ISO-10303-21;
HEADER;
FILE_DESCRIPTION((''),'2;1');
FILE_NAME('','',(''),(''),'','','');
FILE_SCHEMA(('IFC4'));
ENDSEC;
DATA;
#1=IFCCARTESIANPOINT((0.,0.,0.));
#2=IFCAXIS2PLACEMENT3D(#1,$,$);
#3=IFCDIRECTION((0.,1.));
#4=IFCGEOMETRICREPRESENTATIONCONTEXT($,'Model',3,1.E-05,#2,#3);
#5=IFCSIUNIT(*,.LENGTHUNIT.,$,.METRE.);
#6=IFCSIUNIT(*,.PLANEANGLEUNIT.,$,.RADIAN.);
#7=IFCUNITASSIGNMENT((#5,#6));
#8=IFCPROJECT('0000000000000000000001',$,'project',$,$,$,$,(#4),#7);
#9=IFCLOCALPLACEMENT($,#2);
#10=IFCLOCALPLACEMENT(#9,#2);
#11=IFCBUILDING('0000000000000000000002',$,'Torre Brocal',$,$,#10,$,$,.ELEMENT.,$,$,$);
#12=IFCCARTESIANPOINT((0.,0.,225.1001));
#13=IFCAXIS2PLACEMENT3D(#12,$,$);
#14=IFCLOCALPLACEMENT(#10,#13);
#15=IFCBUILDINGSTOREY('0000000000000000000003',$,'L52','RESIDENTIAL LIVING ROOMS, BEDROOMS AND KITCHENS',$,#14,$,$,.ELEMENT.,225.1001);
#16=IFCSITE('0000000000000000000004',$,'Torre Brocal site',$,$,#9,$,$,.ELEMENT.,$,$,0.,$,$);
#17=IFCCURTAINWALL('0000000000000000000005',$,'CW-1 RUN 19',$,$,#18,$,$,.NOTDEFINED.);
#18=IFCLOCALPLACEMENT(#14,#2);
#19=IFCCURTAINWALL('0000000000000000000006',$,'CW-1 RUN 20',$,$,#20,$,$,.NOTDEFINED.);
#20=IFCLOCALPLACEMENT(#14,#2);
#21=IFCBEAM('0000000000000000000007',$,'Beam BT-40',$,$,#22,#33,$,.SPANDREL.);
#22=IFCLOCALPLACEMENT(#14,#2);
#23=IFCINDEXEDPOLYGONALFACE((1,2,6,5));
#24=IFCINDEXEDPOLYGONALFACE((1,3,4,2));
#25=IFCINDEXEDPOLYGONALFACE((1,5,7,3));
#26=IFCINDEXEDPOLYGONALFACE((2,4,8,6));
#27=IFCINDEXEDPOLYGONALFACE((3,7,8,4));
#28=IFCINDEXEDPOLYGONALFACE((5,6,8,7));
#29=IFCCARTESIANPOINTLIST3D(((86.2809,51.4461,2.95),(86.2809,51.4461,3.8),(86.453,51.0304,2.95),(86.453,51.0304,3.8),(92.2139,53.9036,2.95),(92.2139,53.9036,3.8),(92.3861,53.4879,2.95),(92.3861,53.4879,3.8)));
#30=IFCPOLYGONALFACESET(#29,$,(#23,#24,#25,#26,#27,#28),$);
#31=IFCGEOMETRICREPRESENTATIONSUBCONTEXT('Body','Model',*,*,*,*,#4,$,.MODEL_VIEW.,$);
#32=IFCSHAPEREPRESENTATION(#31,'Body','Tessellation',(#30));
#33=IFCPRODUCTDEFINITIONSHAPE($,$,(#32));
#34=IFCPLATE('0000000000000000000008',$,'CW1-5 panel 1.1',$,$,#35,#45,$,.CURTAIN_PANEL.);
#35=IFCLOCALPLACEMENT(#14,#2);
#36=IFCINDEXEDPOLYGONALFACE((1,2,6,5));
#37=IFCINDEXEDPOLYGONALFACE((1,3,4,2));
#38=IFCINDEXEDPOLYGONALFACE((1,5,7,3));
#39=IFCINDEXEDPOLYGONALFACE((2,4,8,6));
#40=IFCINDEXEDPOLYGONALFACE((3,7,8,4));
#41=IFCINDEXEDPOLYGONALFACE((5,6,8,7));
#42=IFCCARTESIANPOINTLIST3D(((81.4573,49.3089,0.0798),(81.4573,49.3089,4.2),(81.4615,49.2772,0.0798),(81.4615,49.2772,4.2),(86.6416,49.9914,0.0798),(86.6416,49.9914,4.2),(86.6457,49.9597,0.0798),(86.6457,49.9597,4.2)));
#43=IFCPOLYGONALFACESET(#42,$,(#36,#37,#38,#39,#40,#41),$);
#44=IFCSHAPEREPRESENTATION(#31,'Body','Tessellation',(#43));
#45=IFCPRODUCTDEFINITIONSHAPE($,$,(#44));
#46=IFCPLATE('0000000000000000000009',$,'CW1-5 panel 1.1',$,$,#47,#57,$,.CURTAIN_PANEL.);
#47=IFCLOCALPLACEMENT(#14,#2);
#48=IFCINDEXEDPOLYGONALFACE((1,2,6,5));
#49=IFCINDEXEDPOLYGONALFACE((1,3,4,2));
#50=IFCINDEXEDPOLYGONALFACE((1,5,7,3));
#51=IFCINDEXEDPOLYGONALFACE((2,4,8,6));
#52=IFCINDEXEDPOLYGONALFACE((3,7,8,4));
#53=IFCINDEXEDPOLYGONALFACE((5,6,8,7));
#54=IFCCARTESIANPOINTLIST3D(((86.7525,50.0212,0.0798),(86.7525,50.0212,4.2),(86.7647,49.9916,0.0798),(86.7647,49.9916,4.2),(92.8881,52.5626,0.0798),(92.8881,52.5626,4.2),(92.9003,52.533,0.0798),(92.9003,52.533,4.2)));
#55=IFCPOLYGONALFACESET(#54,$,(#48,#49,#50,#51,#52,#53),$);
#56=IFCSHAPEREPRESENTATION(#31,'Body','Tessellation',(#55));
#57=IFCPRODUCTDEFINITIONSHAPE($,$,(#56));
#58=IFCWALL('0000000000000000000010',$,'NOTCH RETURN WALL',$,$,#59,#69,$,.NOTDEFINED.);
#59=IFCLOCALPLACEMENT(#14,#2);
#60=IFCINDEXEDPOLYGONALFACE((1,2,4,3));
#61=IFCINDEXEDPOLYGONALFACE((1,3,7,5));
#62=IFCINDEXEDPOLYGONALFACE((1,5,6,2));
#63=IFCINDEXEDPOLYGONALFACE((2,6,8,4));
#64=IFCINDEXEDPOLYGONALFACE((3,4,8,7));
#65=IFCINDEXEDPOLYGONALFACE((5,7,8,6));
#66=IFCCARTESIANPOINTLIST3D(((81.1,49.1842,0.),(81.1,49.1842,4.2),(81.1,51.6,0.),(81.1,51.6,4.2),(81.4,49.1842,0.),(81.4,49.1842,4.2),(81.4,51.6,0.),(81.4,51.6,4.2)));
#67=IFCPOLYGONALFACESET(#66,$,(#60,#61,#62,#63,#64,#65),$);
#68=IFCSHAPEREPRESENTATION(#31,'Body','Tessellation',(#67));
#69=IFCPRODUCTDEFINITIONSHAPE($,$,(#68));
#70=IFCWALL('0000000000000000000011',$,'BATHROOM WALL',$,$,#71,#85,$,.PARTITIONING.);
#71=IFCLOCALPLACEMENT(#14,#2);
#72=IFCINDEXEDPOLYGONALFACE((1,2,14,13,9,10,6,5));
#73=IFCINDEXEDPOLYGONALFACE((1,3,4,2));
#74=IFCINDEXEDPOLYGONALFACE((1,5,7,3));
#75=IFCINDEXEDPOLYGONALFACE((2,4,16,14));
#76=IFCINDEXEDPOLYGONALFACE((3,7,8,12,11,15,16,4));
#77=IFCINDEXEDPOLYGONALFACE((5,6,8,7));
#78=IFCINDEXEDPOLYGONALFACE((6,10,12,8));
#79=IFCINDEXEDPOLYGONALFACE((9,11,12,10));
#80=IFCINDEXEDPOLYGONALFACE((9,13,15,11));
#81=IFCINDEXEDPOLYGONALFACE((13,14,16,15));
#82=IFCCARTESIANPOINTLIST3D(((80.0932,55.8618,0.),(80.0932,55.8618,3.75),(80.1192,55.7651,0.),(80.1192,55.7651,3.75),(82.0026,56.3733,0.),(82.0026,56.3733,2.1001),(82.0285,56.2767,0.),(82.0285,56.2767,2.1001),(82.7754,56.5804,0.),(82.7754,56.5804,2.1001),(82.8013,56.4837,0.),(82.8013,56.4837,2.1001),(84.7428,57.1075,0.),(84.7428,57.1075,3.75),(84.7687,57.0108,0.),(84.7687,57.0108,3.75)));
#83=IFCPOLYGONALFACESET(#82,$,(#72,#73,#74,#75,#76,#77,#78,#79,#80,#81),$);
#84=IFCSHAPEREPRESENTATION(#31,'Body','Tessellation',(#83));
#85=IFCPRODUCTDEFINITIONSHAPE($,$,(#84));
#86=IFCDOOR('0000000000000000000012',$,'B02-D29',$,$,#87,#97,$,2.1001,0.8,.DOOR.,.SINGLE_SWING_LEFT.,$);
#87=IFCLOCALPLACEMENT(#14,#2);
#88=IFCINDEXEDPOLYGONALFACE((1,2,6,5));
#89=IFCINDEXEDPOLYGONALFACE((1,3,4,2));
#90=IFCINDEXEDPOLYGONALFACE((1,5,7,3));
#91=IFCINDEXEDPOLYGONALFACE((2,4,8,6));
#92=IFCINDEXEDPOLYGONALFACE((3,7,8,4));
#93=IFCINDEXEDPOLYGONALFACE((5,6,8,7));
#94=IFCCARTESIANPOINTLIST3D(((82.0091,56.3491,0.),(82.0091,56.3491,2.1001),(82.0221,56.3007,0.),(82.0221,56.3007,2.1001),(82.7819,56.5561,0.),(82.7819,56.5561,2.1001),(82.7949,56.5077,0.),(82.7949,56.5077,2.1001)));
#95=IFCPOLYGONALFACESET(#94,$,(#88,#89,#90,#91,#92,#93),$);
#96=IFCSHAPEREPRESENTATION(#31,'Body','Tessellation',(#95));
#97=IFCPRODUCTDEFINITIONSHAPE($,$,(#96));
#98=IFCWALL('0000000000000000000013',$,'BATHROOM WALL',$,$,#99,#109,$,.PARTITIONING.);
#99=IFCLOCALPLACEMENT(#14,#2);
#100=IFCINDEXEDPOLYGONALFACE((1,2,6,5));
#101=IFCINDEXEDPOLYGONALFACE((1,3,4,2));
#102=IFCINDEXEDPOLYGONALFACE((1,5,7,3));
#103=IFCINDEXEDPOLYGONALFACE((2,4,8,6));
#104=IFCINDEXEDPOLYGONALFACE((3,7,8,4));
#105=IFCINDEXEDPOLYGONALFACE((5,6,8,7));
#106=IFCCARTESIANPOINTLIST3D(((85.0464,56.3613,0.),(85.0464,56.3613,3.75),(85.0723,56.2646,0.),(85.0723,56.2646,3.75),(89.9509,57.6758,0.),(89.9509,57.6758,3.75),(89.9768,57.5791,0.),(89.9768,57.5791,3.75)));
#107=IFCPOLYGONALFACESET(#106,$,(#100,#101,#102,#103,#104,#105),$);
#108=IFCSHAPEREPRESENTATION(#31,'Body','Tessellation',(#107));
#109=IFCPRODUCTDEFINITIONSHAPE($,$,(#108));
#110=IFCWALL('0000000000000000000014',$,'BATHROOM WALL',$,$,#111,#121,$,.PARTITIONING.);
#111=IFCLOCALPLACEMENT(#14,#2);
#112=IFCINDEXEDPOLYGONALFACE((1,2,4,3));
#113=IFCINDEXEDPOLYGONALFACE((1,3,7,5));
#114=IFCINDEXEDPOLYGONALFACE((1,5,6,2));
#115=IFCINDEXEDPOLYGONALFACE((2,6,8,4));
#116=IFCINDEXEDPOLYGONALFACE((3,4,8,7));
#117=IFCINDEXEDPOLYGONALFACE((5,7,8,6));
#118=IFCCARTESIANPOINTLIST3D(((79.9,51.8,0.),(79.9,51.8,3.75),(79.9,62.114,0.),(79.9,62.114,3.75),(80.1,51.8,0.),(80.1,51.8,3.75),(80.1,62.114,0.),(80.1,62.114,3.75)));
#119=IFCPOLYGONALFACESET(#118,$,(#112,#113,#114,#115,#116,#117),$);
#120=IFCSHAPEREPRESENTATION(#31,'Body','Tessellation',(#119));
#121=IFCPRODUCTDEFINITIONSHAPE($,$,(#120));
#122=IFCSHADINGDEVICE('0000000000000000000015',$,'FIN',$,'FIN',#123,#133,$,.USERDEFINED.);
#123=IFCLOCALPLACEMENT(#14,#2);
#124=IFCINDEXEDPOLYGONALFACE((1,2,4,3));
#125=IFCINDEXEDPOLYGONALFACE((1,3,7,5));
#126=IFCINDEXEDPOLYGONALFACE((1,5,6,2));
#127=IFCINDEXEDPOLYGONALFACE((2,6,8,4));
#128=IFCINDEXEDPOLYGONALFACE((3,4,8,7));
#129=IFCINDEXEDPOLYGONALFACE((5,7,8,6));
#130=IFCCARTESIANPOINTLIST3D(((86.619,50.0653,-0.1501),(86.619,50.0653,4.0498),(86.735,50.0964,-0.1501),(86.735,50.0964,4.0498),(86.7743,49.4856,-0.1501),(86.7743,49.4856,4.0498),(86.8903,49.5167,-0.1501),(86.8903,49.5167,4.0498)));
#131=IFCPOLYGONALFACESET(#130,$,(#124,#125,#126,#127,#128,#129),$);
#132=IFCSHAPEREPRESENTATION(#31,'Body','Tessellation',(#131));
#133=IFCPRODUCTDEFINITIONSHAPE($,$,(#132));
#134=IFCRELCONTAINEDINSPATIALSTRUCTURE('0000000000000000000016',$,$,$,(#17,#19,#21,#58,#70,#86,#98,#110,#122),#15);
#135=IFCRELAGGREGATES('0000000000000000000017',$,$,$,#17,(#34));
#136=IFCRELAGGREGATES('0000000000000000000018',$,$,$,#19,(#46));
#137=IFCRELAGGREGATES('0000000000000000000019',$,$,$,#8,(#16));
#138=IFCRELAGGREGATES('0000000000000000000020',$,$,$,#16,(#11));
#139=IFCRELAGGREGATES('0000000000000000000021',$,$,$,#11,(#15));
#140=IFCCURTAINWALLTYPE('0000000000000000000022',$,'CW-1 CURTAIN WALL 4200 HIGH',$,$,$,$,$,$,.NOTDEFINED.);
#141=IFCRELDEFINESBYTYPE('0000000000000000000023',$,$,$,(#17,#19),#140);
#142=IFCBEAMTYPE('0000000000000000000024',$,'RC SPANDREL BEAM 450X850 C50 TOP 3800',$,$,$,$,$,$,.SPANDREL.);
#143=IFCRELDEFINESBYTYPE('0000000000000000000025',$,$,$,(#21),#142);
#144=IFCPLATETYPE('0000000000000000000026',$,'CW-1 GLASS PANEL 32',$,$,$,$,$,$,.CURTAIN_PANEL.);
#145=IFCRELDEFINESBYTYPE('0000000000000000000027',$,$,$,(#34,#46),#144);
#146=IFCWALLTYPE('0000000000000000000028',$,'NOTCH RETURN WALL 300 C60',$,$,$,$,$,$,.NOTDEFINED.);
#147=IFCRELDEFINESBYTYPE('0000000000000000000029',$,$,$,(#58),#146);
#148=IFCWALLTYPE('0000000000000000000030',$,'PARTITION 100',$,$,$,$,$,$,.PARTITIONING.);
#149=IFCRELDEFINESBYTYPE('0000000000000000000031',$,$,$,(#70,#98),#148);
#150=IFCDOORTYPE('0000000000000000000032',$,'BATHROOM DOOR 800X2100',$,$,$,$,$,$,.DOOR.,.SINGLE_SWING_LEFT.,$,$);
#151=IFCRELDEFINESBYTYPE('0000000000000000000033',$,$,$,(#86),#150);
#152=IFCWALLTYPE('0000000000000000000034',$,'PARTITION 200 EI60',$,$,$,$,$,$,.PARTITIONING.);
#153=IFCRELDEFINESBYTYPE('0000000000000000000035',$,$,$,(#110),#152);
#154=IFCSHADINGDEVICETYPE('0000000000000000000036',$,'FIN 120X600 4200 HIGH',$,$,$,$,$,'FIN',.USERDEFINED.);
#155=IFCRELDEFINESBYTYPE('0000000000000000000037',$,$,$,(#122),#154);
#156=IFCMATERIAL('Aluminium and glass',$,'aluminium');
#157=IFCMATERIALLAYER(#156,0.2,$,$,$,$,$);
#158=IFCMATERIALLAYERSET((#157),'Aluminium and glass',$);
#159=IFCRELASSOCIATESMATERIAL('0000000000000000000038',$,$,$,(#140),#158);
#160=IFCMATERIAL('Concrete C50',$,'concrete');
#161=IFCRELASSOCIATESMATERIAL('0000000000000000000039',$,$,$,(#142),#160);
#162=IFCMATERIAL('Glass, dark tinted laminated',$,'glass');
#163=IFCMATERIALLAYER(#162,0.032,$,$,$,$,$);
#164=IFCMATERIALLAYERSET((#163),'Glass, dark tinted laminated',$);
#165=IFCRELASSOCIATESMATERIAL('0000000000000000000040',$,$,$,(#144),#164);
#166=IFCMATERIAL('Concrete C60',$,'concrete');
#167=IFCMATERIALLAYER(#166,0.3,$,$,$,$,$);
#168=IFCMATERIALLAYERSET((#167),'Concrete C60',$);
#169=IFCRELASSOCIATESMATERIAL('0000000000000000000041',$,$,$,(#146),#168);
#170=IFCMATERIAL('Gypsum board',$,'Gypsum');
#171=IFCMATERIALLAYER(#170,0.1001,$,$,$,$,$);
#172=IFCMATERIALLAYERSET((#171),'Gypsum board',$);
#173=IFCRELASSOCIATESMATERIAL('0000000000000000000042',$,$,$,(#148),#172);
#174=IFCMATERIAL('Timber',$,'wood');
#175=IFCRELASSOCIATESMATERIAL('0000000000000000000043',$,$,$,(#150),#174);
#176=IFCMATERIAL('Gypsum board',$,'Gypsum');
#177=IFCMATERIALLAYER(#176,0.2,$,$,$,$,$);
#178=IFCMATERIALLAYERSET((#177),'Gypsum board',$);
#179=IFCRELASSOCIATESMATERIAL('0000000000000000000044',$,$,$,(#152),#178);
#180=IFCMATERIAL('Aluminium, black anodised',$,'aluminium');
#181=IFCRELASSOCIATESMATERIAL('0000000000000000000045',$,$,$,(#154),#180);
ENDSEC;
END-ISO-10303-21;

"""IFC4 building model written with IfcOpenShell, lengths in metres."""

from ifc_helpers import new_model, si_unit, direction, frame, frame_2d, origin, origin_2d, place, context, subcontext, project, spatial, rectangle, extrude, material, layer, layer_set, material_profile, profile_set, type_object, element, fill, aggregate, save


model = new_model("IFC4")

# Units and contexts
model_context = context("Model", 3, precision=1e-05, world=origin(), true_north=direction((0.0, 1.0)))
body_context = subcontext(model_context, "Body", "Model", "MODEL_VIEW")
ifc_project = project(units=[si_unit("LENGTHUNIT", "METRE"), si_unit("PLANEANGLEUNIT", "RADIAN")], contexts=[model_context])

# Site, building, storey
site_placement = place(None, origin())
site = spatial("IfcSite", under=ifc_project, at=site_placement, Name="Torre Brocal site", CompositionType="ELEMENT", RefElevation=0.0)
building_placement = place(site_placement, origin())
building = spatial("IfcBuilding", under=site, at=building_placement, Name="Torre Brocal", CompositionType="ELEMENT")
storey_placement = place(building_placement, frame((0.0, 0.0, 225.1001)))
storey = spatial("IfcBuildingStorey", under=building, at=storey_placement, Name="L52", Description="RESIDENTIAL LIVING ROOMS, BEDROOMS AND KITCHENS", CompositionType="ELEMENT", Elevation=225.1001)

# Curtain wall
ifc_material_1 = material(Name="Aluminium and glass", Category="aluminium")
ifc_layer_1 = layer(ifc_material_1, 0.2)
ifc_layer_set_1 = layer_set([ifc_layer_1], Name="Aluminium and glass")
curtain_wall_type = type_object("IfcCurtainWallType", Name="CW-1 CURTAIN WALL 4200 HIGH", PredefinedType="NOTDEFINED", material=ifc_layer_set_1)
curtain_wall_1_placement = place(storey_placement, origin())
curtain_wall_1 = element("IfcCurtainWall", 1, at=curtain_wall_1_placement, inside=storey, type_object=curtain_wall_type, Name="CW-1 RUN 19", PredefinedType="NOTDEFINED")

# Curtain wall
curtain_wall_2_placement = place(storey_placement, origin())
curtain_wall_2 = element("IfcCurtainWall", 2, at=curtain_wall_2_placement, inside=storey, type_object=curtain_wall_type, Name="CW-1 RUN 20", PredefinedType="NOTDEFINED")

# Beam
ifc_material_2 = material(Name="Concrete C50", Category="concrete")
ifc_material_profile_1 = material_profile(ifc_material_2, rectangle(XDim=0.45, YDim=0.8501, at=origin_2d()), Name="RC 450X850")
ifc_profile_set_1 = profile_set([ifc_material_profile_1], Name="Concrete C50")
beam_type_1 = type_object("IfcBeamType", Name="RC SPANDREL BEAM 450X850 C50 TOP 3800", PredefinedType="SPANDREL", material=ifc_profile_set_1)
beam_1_placement = place(storey_placement, frame((86.3669, 51.2383, 3.375), z_axis=(0.923882, 0.382676, 0.0), x_axis=(-0.382676, 0.923882, 0.0)))
element("IfcBeam", 3, at=beam_1_placement, inside=storey, type_object=beam_type_1, Name="Beam BT-40", PredefinedType="SPANDREL", context=body_context, shape_type="SweptSolid", body=[
    extrude(rectangle(XDim=0.45, YDim=0.8501, at=origin_2d()), origin(), (0.0, 0.0, 1.0), 6.4219),
])

# Plates
ifc_material_3 = material(Name="Glass, dark tinted laminated", Category="glass")
ifc_layer_2 = layer(ifc_material_3, 0.032)
ifc_layer_set_2 = layer_set([ifc_layer_2], Name="Glass, dark tinted laminated")
plate_type = type_object("IfcPlateType", Name="CW-1 GLASS PANEL 32", PredefinedType="CURTAIN_PANEL", material=ifc_layer_set_2)
plate_1_placement = place(storey_placement, frame((84.0515, 49.6343, 0.0798), z_axis=(0.0, 0.0, 1.0), x_axis=(0.991445, 0.130526, 0.0)))
plate_1 = element("IfcPlate", 4, at=plate_1_placement, type_object=plate_type, Name="CW1-5 panel 1.1", PredefinedType="CURTAIN_PANEL", context=body_context, shape_type="SweptSolid", body=[
    extrude(rectangle(XDim=5.229, YDim=0.032, at=origin_2d()), origin(), (0.0, 0.0, 1.0), 4.1201),
])
aggregate(curtain_wall_1, [plate_1])
plate_2_placement = place(storey_placement, frame((89.8264, 51.2771, 0.0798), z_axis=(0.0, 0.0, 1.0), x_axis=(0.92388, 0.382683, 0.0)))
plate_2 = element("IfcPlate", 5, at=plate_2_placement, type_object=plate_type, Name="CW1-5 panel 1.1", PredefinedType="CURTAIN_PANEL", context=body_context, shape_type="SweptSolid", body=[
    extrude(rectangle(XDim=6.6411, YDim=0.032, at=origin_2d()), origin(), (0.0, 0.0, 1.0), 4.1201),
])
aggregate(curtain_wall_2, [plate_2])

# Wall
ifc_material_4 = material(Name="Concrete C60", Category="concrete")
ifc_layer_3 = layer(ifc_material_4, 0.3)
ifc_layer_set_3 = layer_set([ifc_layer_3], Name="Concrete C60")
wall_type_1 = type_object("IfcWallType", Name="NOTCH RETURN WALL 300 C60", PredefinedType="NOTDEFINED", material=ifc_layer_set_3)
wall_1_placement = place(storey_placement, frame((81.25, 51.6001, 0.0), z_axis=(0.0, 0.0, 1.0), x_axis=(0.0, -1.0, 0.0)))
element("IfcWall", 6, at=wall_1_placement, inside=storey, type_object=wall_type_1, Name="NOTCH RETURN WALL", PredefinedType="NOTDEFINED", context=body_context, shape_type="SweptSolid", body=[
    extrude(rectangle(XDim=2.4158, YDim=0.3, at=frame_2d((1.208, 0.0))), origin(), (0.0, 0.0, 1.0), 4.2),
])

# Wall, opening, door
ifc_material_5 = material(Name="Gypsum board", Category="Gypsum")
ifc_layer_4 = layer(ifc_material_5, 0.1001)
ifc_layer_set_4 = layer_set([ifc_layer_4], Name="Gypsum board")
wall_type_2 = type_object("IfcWallType", Name="PARTITION 100", PredefinedType="PARTITIONING", material=ifc_layer_set_4)
wall_2_placement = place(storey_placement, frame((80.1062, 55.8135, 0.0), z_axis=(0.0, 0.0, 1.0), x_axis=(0.965936, 0.25878, 0.0)))
wall_2 = element("IfcWall", 7, at=wall_2_placement, inside=storey, type_object=wall_type_2, Name="BATHROOM WALL", PredefinedType="PARTITIONING", context=body_context, shape_type="SweptSolid", body=[
    extrude(rectangle(XDim=4.8135, YDim=0.1001, at=frame_2d((2.4067, 0.0))), origin(), (0.0, 0.0, 1.0), 3.75),
])
opening_placement = place(wall_2_placement, frame((1.9768, 0.0, 0.0)))
opening = element("IfcOpeningElement", 8, at=opening_placement, cuts=wall_2, PredefinedType="OPENING", context=body_context, shape_type="SweptSolid", body=[
    extrude(rectangle(XDim=0.8, YDim=2.1001, at=frame_2d((0.3999, 1.05))), frame((0.0, 0.0601, 0.0), z_axis=(0.0, -1.0, 0.0), x_axis=(1.0, 0.0, 0.0)), (0.0, 0.0, 1.0), 0.1201),
])
ifc_material_6 = material(Name="Timber", Category="wood")
door_type = type_object("IfcDoorType", Name="BATHROOM DOOR 800X2100", OperationType="SINGLE_SWING_LEFT", PredefinedType="DOOR", material=ifc_material_6)
door_placement = place(opening_placement, origin())
door = element("IfcDoor", 9, at=door_placement, inside=storey, type_object=door_type, Name="B02-D29", OperationType="SINGLE_SWING_LEFT", OverallHeight=2.1001, OverallWidth=0.8, PredefinedType="DOOR", context=body_context, shape_type="SweptSolid", body=[
    extrude(rectangle(XDim=0.8, YDim=2.1001, at=frame_2d((0.3999, 1.05))), frame((0.0, 0.0249, 0.0), z_axis=(0.0, -1.0, 0.0), x_axis=(1.0, 0.0, 0.0)), (0.0, 0.0, 1.0), 0.05),
])
fill(opening, door)

# Walls
wall_3_placement = place(storey_placement, frame((85.0593, 56.313, 0.0), z_axis=(0.0, 0.0, 1.0), x_axis=(0.965912, 0.258871, 0.0)))
element("IfcWall", 10, at=wall_3_placement, inside=storey, type_object=wall_type_2, Name="BATHROOM WALL", PredefinedType="PARTITIONING", context=body_context, shape_type="SweptSolid", body=[
    extrude(rectangle(XDim=5.0776, YDim=0.1001, at=frame_2d((2.5388, 0.0))), origin(), (0.0, 0.0, 1.0), 3.75),
])
ifc_material_7 = material(Name="Gypsum board", Category="Gypsum")
ifc_layer_5 = layer(ifc_material_7, 0.2)
ifc_layer_set_5 = layer_set([ifc_layer_5], Name="Gypsum board")
wall_type_3 = type_object("IfcWallType", Name="PARTITION 200 EI60", PredefinedType="PARTITIONING", material=ifc_layer_set_5)
wall_4_placement = place(storey_placement, frame((80.0, 51.8, 0.0), z_axis=(0.0, 0.0, 1.0), x_axis=(0.0, 1.0, 0.0)))
element("IfcWall", 11, at=wall_4_placement, inside=storey, type_object=wall_type_3, Name="BATHROOM WALL", PredefinedType="PARTITIONING", context=body_context, shape_type="SweptSolid", body=[
    extrude(rectangle(XDim=10.314, YDim=0.2, at=frame_2d((5.157, 0.0))), origin(), (0.0, 0.0, 1.0), 3.75),
])

# Shading device
ifc_material_8 = material(Name="Aluminium, black anodised", Category="aluminium")
ifc_material_profile_2 = material_profile(ifc_material_8, rectangle(XDim=0.1201, YDim=0.6001, at=origin_2d()), Name="FIN 120X600 4200 HIGH")
ifc_profile_set_2 = profile_set([ifc_material_profile_2], Name="Aluminium, black anodised")
shading_device_type = type_object("IfcShadingDeviceType", Name="FIN 120X600 4200 HIGH", ElementType="FIN", PredefinedType="USERDEFINED", material=ifc_profile_set_2)
shading_device_placement = place(storey_placement, frame((86.7546, 49.791, -0.1501), z_axis=(0.0, 0.0, 1.0), x_axis=(0.965926, 0.258819, 0.0)))
element("IfcShadingDevice", 12, at=shading_device_placement, inside=storey, type_object=shading_device_type, Name="FIN", ObjectType="FIN", PredefinedType="USERDEFINED", context=body_context, shape_type="SweptSolid", body=[
    extrude(rectangle(XDim=0.1201, YDim=0.6001, at=origin_2d()), origin(), (0.0, 0.0, 1.0), 4.2),
])

save(model, "model.ifc")
